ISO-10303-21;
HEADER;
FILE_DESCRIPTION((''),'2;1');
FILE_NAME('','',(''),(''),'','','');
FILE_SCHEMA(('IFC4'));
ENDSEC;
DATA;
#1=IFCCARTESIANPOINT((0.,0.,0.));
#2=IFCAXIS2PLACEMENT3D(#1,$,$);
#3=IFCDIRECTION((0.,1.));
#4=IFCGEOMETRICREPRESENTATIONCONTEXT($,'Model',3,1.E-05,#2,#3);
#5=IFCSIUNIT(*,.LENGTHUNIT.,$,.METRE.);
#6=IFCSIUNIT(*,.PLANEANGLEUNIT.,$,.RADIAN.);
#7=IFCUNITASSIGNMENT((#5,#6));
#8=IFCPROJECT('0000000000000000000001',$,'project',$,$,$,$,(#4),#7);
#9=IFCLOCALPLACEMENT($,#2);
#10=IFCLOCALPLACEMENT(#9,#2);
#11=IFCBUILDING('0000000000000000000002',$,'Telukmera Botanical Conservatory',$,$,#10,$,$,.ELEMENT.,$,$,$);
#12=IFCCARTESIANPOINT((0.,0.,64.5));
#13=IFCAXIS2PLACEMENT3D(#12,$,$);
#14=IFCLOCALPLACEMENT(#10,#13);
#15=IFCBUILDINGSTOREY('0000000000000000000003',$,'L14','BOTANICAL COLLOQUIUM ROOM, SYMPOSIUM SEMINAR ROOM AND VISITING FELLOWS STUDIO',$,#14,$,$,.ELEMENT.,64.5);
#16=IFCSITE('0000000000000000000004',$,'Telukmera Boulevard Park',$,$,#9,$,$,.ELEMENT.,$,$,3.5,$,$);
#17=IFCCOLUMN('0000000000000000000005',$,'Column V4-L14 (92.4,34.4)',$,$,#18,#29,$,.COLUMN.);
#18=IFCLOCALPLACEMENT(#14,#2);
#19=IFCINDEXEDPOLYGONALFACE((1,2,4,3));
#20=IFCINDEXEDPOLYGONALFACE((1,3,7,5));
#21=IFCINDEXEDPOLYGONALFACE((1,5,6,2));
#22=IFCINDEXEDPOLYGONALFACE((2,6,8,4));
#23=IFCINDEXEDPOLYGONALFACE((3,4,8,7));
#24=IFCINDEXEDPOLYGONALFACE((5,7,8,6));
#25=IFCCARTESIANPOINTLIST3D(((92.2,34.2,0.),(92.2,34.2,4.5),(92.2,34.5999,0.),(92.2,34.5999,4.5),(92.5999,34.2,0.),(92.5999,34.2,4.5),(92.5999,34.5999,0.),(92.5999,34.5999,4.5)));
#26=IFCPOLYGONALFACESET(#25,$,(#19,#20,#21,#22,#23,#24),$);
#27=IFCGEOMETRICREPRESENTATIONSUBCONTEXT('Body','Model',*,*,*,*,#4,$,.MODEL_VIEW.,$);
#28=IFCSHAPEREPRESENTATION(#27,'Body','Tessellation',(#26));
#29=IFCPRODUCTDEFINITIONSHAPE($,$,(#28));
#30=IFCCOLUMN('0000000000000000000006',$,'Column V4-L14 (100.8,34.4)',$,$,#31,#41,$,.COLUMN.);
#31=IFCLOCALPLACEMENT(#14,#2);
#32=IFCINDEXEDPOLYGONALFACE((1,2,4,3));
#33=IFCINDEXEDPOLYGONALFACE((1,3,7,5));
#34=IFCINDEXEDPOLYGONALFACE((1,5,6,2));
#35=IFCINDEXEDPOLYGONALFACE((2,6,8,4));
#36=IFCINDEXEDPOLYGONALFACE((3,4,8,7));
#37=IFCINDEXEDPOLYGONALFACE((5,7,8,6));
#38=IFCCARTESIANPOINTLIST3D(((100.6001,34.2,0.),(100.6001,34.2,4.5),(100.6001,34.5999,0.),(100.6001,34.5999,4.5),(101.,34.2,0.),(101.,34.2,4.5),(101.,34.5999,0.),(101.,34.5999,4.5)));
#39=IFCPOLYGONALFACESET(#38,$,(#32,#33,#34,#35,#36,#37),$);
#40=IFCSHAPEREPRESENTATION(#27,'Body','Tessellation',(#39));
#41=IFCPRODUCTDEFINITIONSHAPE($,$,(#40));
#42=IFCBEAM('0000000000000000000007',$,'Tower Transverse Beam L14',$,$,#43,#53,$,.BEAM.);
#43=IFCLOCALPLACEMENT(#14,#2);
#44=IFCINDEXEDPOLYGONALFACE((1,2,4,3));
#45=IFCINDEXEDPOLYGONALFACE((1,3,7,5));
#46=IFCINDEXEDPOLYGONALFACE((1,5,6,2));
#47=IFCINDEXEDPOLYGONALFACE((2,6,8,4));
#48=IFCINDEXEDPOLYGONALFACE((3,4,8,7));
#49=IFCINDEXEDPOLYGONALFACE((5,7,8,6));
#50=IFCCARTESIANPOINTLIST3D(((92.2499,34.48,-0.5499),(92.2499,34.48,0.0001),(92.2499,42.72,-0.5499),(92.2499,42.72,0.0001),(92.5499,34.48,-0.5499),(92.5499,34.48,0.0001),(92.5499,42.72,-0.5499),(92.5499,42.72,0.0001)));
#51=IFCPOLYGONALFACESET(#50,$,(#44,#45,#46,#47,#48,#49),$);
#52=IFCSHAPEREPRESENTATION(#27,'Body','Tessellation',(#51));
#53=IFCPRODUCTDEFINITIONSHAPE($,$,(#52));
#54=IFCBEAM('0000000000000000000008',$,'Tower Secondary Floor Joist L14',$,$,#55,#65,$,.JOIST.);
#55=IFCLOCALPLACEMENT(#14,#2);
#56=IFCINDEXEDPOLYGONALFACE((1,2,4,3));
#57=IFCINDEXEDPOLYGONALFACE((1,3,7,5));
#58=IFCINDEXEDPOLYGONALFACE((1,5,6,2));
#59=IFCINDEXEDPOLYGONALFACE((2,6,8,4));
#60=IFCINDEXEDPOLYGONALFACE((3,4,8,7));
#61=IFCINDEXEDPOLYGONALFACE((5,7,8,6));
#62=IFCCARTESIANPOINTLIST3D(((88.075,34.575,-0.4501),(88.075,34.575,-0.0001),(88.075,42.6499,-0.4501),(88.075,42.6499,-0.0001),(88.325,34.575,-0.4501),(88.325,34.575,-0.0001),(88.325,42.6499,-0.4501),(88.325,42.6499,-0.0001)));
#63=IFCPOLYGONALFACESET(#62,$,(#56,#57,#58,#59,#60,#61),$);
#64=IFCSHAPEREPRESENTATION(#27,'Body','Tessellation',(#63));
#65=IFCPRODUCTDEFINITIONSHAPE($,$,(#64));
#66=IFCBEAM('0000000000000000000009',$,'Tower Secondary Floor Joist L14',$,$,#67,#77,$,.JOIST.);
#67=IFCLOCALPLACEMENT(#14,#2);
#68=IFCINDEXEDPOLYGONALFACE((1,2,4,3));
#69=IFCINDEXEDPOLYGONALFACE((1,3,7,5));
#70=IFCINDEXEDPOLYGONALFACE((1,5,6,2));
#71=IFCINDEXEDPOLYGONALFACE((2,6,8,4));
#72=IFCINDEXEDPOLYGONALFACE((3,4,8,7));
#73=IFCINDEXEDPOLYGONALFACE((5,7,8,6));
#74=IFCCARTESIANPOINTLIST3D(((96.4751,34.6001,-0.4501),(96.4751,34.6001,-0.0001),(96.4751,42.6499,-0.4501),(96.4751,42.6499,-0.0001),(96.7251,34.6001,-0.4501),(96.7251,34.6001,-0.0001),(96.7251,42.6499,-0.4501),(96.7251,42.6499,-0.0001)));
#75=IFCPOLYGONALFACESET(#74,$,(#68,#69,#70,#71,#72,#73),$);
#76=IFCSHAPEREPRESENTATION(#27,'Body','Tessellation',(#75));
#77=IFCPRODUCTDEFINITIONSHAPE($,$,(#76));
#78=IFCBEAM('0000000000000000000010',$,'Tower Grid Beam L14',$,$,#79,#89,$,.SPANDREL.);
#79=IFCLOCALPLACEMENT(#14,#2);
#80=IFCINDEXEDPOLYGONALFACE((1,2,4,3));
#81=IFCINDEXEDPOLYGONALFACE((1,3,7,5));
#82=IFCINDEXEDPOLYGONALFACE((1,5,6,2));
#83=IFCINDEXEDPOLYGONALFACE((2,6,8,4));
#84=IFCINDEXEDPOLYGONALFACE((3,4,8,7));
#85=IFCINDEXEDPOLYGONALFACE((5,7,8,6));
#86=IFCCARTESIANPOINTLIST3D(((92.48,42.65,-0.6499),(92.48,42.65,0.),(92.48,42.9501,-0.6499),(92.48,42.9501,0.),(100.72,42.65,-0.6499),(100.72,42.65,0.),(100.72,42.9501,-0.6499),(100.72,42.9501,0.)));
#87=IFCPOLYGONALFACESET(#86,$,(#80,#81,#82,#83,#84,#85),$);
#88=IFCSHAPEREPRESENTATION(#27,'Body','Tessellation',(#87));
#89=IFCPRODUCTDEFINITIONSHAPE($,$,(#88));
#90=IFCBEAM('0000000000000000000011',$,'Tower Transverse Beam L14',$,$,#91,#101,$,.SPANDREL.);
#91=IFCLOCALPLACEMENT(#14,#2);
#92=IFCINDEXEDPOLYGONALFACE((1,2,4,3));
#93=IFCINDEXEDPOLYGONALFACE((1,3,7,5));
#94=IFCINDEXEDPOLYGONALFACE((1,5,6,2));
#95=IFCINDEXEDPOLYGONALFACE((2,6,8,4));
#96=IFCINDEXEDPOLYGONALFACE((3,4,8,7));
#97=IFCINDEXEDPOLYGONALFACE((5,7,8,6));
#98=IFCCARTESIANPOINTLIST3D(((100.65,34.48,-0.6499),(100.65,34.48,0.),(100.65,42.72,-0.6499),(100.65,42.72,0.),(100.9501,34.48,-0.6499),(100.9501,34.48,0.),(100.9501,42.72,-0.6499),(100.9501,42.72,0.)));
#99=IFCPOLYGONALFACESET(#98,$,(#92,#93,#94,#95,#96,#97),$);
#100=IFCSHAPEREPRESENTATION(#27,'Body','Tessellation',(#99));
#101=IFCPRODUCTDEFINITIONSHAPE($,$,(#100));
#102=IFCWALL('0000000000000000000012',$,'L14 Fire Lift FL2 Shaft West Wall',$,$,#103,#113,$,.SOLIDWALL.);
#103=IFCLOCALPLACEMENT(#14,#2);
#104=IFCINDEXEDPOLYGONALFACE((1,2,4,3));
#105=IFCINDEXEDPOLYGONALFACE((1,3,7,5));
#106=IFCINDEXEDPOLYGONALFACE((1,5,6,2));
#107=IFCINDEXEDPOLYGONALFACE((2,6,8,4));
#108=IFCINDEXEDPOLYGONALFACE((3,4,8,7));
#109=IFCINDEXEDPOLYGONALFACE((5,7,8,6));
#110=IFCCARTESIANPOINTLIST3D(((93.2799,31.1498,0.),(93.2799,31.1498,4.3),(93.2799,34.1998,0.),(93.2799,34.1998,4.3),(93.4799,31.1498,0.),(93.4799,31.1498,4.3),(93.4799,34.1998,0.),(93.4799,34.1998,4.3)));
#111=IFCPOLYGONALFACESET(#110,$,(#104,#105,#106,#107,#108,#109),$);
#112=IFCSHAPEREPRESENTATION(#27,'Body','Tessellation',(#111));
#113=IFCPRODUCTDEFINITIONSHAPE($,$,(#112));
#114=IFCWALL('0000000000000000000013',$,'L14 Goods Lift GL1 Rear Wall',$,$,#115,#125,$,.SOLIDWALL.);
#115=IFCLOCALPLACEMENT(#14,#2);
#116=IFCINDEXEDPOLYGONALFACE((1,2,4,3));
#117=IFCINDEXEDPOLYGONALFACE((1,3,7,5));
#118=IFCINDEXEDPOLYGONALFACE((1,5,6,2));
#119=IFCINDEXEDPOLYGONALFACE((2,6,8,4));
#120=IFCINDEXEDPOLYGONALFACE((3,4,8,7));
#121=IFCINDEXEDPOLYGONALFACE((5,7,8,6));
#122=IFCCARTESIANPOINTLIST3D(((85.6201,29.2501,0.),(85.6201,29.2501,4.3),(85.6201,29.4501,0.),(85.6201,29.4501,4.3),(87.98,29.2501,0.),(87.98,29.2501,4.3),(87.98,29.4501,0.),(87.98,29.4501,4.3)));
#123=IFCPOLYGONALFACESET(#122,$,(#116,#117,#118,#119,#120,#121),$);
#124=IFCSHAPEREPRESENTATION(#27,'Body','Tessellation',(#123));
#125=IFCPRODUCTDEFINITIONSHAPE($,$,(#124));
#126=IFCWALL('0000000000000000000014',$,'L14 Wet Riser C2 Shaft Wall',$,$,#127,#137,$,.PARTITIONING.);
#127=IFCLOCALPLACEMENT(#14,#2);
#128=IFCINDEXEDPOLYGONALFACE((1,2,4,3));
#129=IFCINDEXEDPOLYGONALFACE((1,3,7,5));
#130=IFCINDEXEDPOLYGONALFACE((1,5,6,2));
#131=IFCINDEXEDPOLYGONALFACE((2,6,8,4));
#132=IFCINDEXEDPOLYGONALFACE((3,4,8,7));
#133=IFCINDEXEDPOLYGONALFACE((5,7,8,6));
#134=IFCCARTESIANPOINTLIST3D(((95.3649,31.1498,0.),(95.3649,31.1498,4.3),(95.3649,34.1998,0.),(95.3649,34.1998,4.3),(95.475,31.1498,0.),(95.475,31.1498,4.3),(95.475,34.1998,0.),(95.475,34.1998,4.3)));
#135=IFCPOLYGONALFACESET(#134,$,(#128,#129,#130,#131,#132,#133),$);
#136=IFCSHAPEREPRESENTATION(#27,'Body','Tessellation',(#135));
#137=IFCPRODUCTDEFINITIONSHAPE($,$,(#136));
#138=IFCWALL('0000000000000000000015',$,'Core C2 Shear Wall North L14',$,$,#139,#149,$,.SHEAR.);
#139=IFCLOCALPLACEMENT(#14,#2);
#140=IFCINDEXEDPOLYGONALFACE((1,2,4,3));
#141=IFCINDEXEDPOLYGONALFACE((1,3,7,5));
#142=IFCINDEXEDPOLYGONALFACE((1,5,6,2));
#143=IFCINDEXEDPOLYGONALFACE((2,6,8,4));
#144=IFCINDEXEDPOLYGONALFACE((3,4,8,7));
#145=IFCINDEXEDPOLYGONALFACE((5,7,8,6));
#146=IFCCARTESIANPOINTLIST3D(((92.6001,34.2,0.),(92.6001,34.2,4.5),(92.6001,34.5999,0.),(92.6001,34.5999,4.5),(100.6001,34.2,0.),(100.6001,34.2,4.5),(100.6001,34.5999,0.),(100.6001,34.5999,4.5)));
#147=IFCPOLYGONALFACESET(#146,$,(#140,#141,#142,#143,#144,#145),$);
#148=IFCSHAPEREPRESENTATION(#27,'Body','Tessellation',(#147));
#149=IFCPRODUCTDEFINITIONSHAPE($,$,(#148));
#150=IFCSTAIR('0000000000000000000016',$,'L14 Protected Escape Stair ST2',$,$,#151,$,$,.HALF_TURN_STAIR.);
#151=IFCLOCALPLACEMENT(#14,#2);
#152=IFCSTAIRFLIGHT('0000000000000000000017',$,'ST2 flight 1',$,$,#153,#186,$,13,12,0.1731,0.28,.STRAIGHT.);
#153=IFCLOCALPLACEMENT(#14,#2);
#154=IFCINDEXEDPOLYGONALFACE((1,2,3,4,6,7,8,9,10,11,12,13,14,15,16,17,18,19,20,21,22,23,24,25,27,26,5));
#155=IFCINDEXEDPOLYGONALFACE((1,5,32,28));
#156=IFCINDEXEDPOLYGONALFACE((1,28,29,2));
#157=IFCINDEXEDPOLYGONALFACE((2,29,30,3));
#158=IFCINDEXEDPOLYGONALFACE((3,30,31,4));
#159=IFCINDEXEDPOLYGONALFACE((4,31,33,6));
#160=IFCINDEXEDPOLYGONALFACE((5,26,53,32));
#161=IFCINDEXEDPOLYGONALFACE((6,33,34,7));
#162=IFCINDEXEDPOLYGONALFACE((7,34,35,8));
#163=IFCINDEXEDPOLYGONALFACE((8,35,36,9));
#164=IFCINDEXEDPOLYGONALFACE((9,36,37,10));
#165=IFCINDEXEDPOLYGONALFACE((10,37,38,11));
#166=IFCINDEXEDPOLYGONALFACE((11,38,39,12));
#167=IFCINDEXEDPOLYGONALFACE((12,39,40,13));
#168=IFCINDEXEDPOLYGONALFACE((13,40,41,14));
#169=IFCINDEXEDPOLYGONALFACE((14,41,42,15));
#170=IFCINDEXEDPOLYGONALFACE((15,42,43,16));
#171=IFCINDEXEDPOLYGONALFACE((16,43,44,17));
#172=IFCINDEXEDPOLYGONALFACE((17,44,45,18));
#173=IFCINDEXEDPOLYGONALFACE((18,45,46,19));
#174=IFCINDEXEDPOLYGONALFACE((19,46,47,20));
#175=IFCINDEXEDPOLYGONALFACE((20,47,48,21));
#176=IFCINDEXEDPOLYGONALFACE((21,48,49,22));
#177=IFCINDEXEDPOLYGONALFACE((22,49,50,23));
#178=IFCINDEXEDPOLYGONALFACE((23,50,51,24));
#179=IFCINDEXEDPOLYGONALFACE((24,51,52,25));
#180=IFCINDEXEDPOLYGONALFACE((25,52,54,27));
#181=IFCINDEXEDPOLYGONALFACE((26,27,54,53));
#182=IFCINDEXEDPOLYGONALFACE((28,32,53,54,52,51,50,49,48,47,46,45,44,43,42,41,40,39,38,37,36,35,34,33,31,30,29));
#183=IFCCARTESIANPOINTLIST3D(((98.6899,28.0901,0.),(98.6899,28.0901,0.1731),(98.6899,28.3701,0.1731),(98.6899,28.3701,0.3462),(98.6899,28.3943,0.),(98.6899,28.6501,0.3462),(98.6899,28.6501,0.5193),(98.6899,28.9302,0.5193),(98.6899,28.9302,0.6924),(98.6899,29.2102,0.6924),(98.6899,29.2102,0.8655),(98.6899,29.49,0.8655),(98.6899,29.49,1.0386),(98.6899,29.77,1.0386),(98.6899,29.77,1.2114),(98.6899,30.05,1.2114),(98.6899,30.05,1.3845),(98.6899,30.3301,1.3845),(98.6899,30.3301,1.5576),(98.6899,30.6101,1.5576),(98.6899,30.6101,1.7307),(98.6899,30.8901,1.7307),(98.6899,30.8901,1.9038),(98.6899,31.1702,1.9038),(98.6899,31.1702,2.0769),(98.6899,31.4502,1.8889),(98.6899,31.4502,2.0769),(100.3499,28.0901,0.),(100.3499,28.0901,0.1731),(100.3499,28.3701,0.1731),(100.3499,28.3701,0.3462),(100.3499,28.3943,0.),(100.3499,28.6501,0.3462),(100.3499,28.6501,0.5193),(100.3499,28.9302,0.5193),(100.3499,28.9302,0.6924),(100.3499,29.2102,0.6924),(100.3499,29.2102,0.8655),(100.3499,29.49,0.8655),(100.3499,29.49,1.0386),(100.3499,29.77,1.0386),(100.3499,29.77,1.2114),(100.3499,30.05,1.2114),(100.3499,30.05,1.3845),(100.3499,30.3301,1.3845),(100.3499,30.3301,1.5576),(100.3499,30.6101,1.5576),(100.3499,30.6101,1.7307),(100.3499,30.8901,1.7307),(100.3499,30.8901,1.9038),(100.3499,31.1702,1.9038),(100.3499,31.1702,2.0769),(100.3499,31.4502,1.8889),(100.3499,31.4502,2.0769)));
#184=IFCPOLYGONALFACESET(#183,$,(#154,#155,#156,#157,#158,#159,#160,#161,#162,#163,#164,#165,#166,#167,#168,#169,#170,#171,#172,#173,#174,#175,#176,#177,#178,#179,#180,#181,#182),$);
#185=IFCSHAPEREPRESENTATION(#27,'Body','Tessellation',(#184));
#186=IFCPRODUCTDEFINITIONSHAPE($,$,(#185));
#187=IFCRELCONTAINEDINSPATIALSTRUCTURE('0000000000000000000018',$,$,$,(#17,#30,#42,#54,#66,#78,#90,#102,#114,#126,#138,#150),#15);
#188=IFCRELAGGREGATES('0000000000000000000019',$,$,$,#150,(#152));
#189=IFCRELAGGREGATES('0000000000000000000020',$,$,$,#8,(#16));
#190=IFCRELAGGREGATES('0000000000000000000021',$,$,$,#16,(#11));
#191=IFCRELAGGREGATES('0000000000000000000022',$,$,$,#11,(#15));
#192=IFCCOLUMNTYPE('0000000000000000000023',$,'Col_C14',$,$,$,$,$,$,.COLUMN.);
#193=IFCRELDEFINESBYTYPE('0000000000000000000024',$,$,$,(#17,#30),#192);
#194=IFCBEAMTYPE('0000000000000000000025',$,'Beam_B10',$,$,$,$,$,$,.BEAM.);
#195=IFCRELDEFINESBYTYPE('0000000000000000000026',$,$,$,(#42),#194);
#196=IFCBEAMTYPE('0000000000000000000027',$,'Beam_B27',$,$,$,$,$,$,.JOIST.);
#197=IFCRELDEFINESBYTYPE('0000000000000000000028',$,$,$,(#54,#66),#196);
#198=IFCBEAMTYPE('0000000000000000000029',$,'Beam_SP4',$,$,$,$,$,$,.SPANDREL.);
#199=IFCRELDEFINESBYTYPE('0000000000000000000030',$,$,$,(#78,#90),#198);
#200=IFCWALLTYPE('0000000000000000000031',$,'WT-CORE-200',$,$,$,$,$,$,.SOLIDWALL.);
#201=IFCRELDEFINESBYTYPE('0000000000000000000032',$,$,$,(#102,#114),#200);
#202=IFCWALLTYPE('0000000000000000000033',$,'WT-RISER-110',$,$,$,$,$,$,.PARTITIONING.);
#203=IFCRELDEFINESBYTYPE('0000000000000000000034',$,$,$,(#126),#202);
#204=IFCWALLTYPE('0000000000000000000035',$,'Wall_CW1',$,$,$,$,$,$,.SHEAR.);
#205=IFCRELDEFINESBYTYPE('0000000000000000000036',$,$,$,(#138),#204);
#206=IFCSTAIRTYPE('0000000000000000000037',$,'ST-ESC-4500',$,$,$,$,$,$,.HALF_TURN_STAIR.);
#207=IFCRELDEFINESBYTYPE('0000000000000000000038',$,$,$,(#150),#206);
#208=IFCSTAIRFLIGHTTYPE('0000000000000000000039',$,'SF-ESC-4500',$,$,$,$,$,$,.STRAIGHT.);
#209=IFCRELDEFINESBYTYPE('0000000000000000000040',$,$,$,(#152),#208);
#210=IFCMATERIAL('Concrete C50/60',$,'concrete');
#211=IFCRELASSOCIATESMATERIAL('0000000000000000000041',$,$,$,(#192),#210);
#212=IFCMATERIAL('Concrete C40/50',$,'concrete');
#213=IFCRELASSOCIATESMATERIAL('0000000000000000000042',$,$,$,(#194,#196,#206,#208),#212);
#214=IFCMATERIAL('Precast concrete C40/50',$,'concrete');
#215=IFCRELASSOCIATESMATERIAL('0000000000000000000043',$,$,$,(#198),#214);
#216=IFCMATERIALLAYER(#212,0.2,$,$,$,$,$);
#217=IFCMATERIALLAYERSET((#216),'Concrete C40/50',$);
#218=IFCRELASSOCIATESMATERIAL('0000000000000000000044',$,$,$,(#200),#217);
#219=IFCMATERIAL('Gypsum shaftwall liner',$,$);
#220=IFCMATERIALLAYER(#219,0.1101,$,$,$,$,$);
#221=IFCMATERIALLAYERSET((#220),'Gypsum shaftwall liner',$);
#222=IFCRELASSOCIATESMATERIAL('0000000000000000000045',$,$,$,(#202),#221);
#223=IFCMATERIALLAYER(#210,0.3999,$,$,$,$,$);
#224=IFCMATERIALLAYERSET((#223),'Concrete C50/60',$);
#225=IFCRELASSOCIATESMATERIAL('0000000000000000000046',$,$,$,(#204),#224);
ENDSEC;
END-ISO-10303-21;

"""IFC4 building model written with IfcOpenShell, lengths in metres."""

from ifc_helpers import new_model, si_unit, direction, frame, frame_2d, origin, origin_2d, place, context, subcontext, project, spatial, polyline, rectangle, outline, extrude, material, layer, layer_set, material_profile, profile_set, type_object, element, aggregate, save


model = new_model("IFC4")

# Units and contexts
model_context = context("Model", 3, precision=1e-05, world=origin(), true_north=direction((0.0, 1.0)))
body_context = subcontext(model_context, "Body", "Model", "MODEL_VIEW")
ifc_project = project(units=[si_unit("LENGTHUNIT", "METRE"), si_unit("PLANEANGLEUNIT", "RADIAN")], contexts=[model_context])

# Site, building, storey
site_placement = place(None, origin())
site = spatial("IfcSite", under=ifc_project, at=site_placement, Name="Telukmera Boulevard Park", CompositionType="ELEMENT", RefElevation=3.5)
building_placement = place(site_placement, origin())
building = spatial("IfcBuilding", under=site, at=building_placement, Name="Telukmera Botanical Conservatory", CompositionType="ELEMENT")
storey_placement = place(building_placement, frame((0.0, 0.0, 64.5)))
storey = spatial("IfcBuildingStorey", under=building, at=storey_placement, Name="L14", Description="BOTANICAL COLLOQUIUM ROOM, SYMPOSIUM SEMINAR ROOM AND VISITING FELLOWS STUDIO", CompositionType="ELEMENT", Elevation=64.5)

# Columns
ifc_material_1 = material(Name="Concrete C50/60", Category="concrete")
ifc_material_profile_1 = material_profile(ifc_material_1, rectangle(XDim=0.3999, YDim=0.3999, at=origin_2d()), Name="RC 400x400")
ifc_profile_set_1 = profile_set([ifc_material_profile_1], Name="Concrete C50/60")
column_type = type_object("IfcColumnType", Name="Col_C14", PredefinedType="COLUMN", material=ifc_profile_set_1)
for number, where, z_axis, x_axis, name in (
    (1, (92.3999, 34.3999, 0.0), (0.0, 0.0, 1.0), (1.0, 0.0, 0.0), "Column V4-L14 (92.4,34.4)"),
    (2, (100.8, 34.3999, 0.0), (0.0, 0.0, 1.0), (1.0, 0.0, 0.0), "Column V4-L14 (100.8,34.4)"),
):
    element("IfcColumn", number, at=place(storey_placement, frame(where, z_axis=z_axis, x_axis=x_axis)), inside=storey, type_object=column_type, Name=name, PredefinedType="COLUMN", context=body_context, shape_type="SweptSolid", body=[
        extrude(rectangle(XDim=0.3999, YDim=0.3999, at=origin_2d()), origin(), (0.0, 0.0, 1.0), 4.5),
    ])

# Beams
ifc_material_2 = material(Name="Concrete C40/50", Category="concrete")
ifc_material_profile_2 = material_profile(ifc_material_2, rectangle(XDim=0.3, YDim=0.55, at=origin_2d()), Name="RC 300x550")
ifc_profile_set_2 = profile_set([ifc_material_profile_2], Name="Concrete C40/50")
beam_type_1 = type_object("IfcBeamType", Name="Beam_B10", PredefinedType="BEAM", material=ifc_profile_set_2)
beam_1_placement = place(storey_placement, frame((92.3999, 34.48, -0.2749), z_axis=(0.0, 1.0, 0.0), x_axis=(-1.0, 0.0, 0.0)))
element("IfcBeam", 3, at=beam_1_placement, inside=storey, type_object=beam_type_1, Name="Tower Transverse Beam L14", PredefinedType="BEAM", context=body_context, shape_type="SweptSolid", body=[
    extrude(rectangle(XDim=0.3, YDim=0.55, at=origin_2d()), origin(), (0.0, 0.0, 1.0), 8.24),
])
ifc_material_profile_3 = material_profile(ifc_material_2, rectangle(XDim=0.25, YDim=0.45, at=origin_2d()), Name="RC 250x450")
ifc_profile_set_3 = profile_set([ifc_material_profile_3], Name="Concrete C40/50")
beam_type_2 = type_object("IfcBeamType", Name="Beam_B27", PredefinedType="JOIST", material=ifc_profile_set_3)
beam_2_placement = place(storey_placement, frame((88.2, 34.575, -0.2251), z_axis=(0.0, 1.0, 0.0), x_axis=(-1.0, 0.0, 0.0)))
element("IfcBeam", 4, at=beam_2_placement, inside=storey, type_object=beam_type_2, Name="Tower Secondary Floor Joist L14", PredefinedType="JOIST", context=body_context, shape_type="SweptSolid", body=[
    extrude(rectangle(XDim=0.25, YDim=0.45, at=origin_2d()), origin(), (0.0, 0.0, 1.0), 8.075),
])
beam_3_placement = place(storey_placement, frame((96.6001, 34.6001, -0.2251), z_axis=(0.0, 1.0, 0.0), x_axis=(-1.0, 0.0, 0.0)))
element("IfcBeam", 5, at=beam_3_placement, inside=storey, type_object=beam_type_2, Name="Tower Secondary Floor Joist L14", PredefinedType="JOIST", context=body_context, shape_type="SweptSolid", body=[
    extrude(rectangle(XDim=0.25, YDim=0.45, at=origin_2d()), origin(), (0.0, 0.0, 1.0), 8.0498),
])
ifc_material_3 = material(Name="Precast concrete C40/50", Category="concrete")
ifc_material_profile_4 = material_profile(ifc_material_3, rectangle(XDim=0.3, YDim=0.6499, at=origin_2d()), Name="PC 300x650")
ifc_profile_set_4 = profile_set([ifc_material_profile_4], Name="Precast concrete C40/50")
beam_type_3 = type_object("IfcBeamType", Name="Beam_SP4", PredefinedType="SPANDREL", material=ifc_profile_set_4)
for number, where, z_axis, x_axis, name in (
    (6, (92.48, 42.8, -0.325), (1.0, 0.0, 0.0), (0.0, 1.0, 0.0), "Tower Grid Beam L14"),
    (7, (100.8, 34.48, -0.325), (0.0, 1.0, 0.0), (-1.0, 0.0, 0.0), "Tower Transverse Beam L14"),
):
    element("IfcBeam", number, at=place(storey_placement, frame(where, z_axis=z_axis, x_axis=x_axis)), inside=storey, type_object=beam_type_3, Name=name, PredefinedType="SPANDREL", context=body_context, shape_type="SweptSolid", body=[
        extrude(rectangle(XDim=0.3, YDim=0.6499, at=origin_2d()), origin(), (0.0, 0.0, 1.0), 8.24),
    ])

# Shared definitions
ifc_layer_1 = layer(ifc_material_2, 0.2)
ifc_layer_set_1 = layer_set([ifc_layer_1], Name="Concrete C40/50")
wall_type_1 = type_object("IfcWallType", Name="WT-CORE-200", PredefinedType="SOLIDWALL", material=ifc_layer_set_1)

# Walls
wall_1_placement = place(storey_placement, frame((93.3799, 31.1499, 0.0), z_axis=(0.0, 0.0, 1.0), x_axis=(0.0, 1.0, 0.0)))
element("IfcWall", 8, at=wall_1_placement, inside=storey, type_object=wall_type_1, Name="L14 Fire Lift FL2 Shaft West Wall", PredefinedType="SOLIDWALL", context=body_context, shape_type="SweptSolid", body=[
    extrude(rectangle(XDim=3.05, YDim=0.2, at=frame_2d((1.5249, 0.0))), origin(), (0.0, 0.0, 1.0), 4.3),
])
wall_2_placement = place(storey_placement, frame((85.6201, 29.3501, 0.0), z_axis=(0.0, 0.0, 1.0), x_axis=(1.0, 0.0, 0.0)))
element("IfcWall", 9, at=wall_2_placement, inside=storey, type_object=wall_type_1, Name="L14 Goods Lift GL1 Rear Wall", PredefinedType="SOLIDWALL", context=body_context, shape_type="SweptSolid", body=[
    extrude(rectangle(XDim=2.3599, YDim=0.2, at=frame_2d((1.1799, 0.0))), origin(), (0.0, 0.0, 1.0), 4.3),
])
ifc_material_4 = material(Name="Gypsum shaftwall liner")
ifc_layer_2 = layer(ifc_material_4, 0.1101)
ifc_layer_set_2 = layer_set([ifc_layer_2], Name="Gypsum shaftwall liner")
wall_type_2 = type_object("IfcWallType", Name="WT-RISER-110", PredefinedType="PARTITIONING", material=ifc_layer_set_2)
wall_3_placement = place(storey_placement, frame((95.4199, 31.1499, 0.0), z_axis=(0.0, 0.0, 1.0), x_axis=(0.0, 1.0, 0.0)))
element("IfcWall", 10, at=wall_3_placement, inside=storey, type_object=wall_type_2, Name="L14 Wet Riser C2 Shaft Wall", PredefinedType="PARTITIONING", context=body_context, shape_type="SweptSolid", body=[
    extrude(rectangle(XDim=3.05, YDim=0.1101, at=frame_2d((1.5249, 0.0))), origin(), (0.0, 0.0, 1.0), 4.3),
])
ifc_layer_3 = layer(ifc_material_1, 0.3999)
ifc_layer_set_3 = layer_set([ifc_layer_3], Name="Concrete C50/60")
wall_type_3 = type_object("IfcWallType", Name="Wall_CW1", PredefinedType="SHEAR", material=ifc_layer_set_3)
wall_4_placement = place(storey_placement, frame((92.6001, 34.3999, 0.0), z_axis=(0.0, 0.0, 1.0), x_axis=(1.0, 0.0, 0.0)))
element("IfcWall", 11, at=wall_4_placement, inside=storey, type_object=wall_type_3, Name="Core C2 Shear Wall North L14", PredefinedType="SHEAR", context=body_context, shape_type="SweptSolid", body=[
    extrude(rectangle(XDim=8.0, YDim=0.3999, at=frame_2d((4.0, 0.0))), origin(), (0.0, 0.0, 1.0), 4.5),
])

# Stair, stair flight
stair_type = type_object("IfcStairType", Name="ST-ESC-4500", PredefinedType="HALF_TURN_STAIR", material=ifc_material_2)
stair_placement = place(storey_placement, origin())
stair = element("IfcStair", 12, at=stair_placement, inside=storey, type_object=stair_type, Name="L14 Protected Escape Stair ST2", PredefinedType="HALF_TURN_STAIR")
stair_flight_type = type_object("IfcStairFlightType", Name="SF-ESC-4500", PredefinedType="STRAIGHT", material=ifc_material_2)
stair_flight_1_placement = place(storey_placement, frame((99.52, 28.0901, 0.0), z_axis=(0.0, 0.0, 1.0), x_axis=(0.0, 1.0, 0.0)))
stair_flight_1 = element("IfcStairFlight", 13, at=stair_flight_1_placement, type_object=stair_flight_type, Name="ST2 flight 1", NumberOfRisers=13, NumberOfTreads=12, PredefinedType="STRAIGHT", RiserHeight=0.1731, TreadLength=0.28, context=body_context, shape_type="SweptSolid", body=[
    extrude(outline(polyline([(0.0, 0.0), (0.0, 0.1731), (0.28, 0.1731), (0.28, 0.3462), (0.5601, 0.3462), (0.5601, 0.5193), (0.8401, 0.5193), (0.8401, 0.6924), (1.1201, 0.6924), (1.1201, 0.8655), (1.3999, 0.8655), (1.3999, 1.0386), (1.6799, 1.0386), (1.6799, 1.2114), (1.96, 1.2114), (1.96, 1.3845), (2.24, 1.3845), (2.24, 1.5576), (2.52, 1.5576), (2.52, 1.7307), (2.8, 1.7307), (2.8, 1.9038), (3.0801, 1.9038), (3.0801, 2.0769), (3.3601, 2.0769), (3.3601, 2.25), (3.3601, 1.8889), (0.3042, 0.0), (0.0, 0.0)])), frame((0.0, 0.8301, 0.0), z_axis=(0.0, -1.0, 0.0), x_axis=(1.0, 0.0, 0.0)), (0.0, 0.0, 1.0), 1.6599),
])
aggregate(stair, [stair_flight_1])

save(model, "model.ifc")
